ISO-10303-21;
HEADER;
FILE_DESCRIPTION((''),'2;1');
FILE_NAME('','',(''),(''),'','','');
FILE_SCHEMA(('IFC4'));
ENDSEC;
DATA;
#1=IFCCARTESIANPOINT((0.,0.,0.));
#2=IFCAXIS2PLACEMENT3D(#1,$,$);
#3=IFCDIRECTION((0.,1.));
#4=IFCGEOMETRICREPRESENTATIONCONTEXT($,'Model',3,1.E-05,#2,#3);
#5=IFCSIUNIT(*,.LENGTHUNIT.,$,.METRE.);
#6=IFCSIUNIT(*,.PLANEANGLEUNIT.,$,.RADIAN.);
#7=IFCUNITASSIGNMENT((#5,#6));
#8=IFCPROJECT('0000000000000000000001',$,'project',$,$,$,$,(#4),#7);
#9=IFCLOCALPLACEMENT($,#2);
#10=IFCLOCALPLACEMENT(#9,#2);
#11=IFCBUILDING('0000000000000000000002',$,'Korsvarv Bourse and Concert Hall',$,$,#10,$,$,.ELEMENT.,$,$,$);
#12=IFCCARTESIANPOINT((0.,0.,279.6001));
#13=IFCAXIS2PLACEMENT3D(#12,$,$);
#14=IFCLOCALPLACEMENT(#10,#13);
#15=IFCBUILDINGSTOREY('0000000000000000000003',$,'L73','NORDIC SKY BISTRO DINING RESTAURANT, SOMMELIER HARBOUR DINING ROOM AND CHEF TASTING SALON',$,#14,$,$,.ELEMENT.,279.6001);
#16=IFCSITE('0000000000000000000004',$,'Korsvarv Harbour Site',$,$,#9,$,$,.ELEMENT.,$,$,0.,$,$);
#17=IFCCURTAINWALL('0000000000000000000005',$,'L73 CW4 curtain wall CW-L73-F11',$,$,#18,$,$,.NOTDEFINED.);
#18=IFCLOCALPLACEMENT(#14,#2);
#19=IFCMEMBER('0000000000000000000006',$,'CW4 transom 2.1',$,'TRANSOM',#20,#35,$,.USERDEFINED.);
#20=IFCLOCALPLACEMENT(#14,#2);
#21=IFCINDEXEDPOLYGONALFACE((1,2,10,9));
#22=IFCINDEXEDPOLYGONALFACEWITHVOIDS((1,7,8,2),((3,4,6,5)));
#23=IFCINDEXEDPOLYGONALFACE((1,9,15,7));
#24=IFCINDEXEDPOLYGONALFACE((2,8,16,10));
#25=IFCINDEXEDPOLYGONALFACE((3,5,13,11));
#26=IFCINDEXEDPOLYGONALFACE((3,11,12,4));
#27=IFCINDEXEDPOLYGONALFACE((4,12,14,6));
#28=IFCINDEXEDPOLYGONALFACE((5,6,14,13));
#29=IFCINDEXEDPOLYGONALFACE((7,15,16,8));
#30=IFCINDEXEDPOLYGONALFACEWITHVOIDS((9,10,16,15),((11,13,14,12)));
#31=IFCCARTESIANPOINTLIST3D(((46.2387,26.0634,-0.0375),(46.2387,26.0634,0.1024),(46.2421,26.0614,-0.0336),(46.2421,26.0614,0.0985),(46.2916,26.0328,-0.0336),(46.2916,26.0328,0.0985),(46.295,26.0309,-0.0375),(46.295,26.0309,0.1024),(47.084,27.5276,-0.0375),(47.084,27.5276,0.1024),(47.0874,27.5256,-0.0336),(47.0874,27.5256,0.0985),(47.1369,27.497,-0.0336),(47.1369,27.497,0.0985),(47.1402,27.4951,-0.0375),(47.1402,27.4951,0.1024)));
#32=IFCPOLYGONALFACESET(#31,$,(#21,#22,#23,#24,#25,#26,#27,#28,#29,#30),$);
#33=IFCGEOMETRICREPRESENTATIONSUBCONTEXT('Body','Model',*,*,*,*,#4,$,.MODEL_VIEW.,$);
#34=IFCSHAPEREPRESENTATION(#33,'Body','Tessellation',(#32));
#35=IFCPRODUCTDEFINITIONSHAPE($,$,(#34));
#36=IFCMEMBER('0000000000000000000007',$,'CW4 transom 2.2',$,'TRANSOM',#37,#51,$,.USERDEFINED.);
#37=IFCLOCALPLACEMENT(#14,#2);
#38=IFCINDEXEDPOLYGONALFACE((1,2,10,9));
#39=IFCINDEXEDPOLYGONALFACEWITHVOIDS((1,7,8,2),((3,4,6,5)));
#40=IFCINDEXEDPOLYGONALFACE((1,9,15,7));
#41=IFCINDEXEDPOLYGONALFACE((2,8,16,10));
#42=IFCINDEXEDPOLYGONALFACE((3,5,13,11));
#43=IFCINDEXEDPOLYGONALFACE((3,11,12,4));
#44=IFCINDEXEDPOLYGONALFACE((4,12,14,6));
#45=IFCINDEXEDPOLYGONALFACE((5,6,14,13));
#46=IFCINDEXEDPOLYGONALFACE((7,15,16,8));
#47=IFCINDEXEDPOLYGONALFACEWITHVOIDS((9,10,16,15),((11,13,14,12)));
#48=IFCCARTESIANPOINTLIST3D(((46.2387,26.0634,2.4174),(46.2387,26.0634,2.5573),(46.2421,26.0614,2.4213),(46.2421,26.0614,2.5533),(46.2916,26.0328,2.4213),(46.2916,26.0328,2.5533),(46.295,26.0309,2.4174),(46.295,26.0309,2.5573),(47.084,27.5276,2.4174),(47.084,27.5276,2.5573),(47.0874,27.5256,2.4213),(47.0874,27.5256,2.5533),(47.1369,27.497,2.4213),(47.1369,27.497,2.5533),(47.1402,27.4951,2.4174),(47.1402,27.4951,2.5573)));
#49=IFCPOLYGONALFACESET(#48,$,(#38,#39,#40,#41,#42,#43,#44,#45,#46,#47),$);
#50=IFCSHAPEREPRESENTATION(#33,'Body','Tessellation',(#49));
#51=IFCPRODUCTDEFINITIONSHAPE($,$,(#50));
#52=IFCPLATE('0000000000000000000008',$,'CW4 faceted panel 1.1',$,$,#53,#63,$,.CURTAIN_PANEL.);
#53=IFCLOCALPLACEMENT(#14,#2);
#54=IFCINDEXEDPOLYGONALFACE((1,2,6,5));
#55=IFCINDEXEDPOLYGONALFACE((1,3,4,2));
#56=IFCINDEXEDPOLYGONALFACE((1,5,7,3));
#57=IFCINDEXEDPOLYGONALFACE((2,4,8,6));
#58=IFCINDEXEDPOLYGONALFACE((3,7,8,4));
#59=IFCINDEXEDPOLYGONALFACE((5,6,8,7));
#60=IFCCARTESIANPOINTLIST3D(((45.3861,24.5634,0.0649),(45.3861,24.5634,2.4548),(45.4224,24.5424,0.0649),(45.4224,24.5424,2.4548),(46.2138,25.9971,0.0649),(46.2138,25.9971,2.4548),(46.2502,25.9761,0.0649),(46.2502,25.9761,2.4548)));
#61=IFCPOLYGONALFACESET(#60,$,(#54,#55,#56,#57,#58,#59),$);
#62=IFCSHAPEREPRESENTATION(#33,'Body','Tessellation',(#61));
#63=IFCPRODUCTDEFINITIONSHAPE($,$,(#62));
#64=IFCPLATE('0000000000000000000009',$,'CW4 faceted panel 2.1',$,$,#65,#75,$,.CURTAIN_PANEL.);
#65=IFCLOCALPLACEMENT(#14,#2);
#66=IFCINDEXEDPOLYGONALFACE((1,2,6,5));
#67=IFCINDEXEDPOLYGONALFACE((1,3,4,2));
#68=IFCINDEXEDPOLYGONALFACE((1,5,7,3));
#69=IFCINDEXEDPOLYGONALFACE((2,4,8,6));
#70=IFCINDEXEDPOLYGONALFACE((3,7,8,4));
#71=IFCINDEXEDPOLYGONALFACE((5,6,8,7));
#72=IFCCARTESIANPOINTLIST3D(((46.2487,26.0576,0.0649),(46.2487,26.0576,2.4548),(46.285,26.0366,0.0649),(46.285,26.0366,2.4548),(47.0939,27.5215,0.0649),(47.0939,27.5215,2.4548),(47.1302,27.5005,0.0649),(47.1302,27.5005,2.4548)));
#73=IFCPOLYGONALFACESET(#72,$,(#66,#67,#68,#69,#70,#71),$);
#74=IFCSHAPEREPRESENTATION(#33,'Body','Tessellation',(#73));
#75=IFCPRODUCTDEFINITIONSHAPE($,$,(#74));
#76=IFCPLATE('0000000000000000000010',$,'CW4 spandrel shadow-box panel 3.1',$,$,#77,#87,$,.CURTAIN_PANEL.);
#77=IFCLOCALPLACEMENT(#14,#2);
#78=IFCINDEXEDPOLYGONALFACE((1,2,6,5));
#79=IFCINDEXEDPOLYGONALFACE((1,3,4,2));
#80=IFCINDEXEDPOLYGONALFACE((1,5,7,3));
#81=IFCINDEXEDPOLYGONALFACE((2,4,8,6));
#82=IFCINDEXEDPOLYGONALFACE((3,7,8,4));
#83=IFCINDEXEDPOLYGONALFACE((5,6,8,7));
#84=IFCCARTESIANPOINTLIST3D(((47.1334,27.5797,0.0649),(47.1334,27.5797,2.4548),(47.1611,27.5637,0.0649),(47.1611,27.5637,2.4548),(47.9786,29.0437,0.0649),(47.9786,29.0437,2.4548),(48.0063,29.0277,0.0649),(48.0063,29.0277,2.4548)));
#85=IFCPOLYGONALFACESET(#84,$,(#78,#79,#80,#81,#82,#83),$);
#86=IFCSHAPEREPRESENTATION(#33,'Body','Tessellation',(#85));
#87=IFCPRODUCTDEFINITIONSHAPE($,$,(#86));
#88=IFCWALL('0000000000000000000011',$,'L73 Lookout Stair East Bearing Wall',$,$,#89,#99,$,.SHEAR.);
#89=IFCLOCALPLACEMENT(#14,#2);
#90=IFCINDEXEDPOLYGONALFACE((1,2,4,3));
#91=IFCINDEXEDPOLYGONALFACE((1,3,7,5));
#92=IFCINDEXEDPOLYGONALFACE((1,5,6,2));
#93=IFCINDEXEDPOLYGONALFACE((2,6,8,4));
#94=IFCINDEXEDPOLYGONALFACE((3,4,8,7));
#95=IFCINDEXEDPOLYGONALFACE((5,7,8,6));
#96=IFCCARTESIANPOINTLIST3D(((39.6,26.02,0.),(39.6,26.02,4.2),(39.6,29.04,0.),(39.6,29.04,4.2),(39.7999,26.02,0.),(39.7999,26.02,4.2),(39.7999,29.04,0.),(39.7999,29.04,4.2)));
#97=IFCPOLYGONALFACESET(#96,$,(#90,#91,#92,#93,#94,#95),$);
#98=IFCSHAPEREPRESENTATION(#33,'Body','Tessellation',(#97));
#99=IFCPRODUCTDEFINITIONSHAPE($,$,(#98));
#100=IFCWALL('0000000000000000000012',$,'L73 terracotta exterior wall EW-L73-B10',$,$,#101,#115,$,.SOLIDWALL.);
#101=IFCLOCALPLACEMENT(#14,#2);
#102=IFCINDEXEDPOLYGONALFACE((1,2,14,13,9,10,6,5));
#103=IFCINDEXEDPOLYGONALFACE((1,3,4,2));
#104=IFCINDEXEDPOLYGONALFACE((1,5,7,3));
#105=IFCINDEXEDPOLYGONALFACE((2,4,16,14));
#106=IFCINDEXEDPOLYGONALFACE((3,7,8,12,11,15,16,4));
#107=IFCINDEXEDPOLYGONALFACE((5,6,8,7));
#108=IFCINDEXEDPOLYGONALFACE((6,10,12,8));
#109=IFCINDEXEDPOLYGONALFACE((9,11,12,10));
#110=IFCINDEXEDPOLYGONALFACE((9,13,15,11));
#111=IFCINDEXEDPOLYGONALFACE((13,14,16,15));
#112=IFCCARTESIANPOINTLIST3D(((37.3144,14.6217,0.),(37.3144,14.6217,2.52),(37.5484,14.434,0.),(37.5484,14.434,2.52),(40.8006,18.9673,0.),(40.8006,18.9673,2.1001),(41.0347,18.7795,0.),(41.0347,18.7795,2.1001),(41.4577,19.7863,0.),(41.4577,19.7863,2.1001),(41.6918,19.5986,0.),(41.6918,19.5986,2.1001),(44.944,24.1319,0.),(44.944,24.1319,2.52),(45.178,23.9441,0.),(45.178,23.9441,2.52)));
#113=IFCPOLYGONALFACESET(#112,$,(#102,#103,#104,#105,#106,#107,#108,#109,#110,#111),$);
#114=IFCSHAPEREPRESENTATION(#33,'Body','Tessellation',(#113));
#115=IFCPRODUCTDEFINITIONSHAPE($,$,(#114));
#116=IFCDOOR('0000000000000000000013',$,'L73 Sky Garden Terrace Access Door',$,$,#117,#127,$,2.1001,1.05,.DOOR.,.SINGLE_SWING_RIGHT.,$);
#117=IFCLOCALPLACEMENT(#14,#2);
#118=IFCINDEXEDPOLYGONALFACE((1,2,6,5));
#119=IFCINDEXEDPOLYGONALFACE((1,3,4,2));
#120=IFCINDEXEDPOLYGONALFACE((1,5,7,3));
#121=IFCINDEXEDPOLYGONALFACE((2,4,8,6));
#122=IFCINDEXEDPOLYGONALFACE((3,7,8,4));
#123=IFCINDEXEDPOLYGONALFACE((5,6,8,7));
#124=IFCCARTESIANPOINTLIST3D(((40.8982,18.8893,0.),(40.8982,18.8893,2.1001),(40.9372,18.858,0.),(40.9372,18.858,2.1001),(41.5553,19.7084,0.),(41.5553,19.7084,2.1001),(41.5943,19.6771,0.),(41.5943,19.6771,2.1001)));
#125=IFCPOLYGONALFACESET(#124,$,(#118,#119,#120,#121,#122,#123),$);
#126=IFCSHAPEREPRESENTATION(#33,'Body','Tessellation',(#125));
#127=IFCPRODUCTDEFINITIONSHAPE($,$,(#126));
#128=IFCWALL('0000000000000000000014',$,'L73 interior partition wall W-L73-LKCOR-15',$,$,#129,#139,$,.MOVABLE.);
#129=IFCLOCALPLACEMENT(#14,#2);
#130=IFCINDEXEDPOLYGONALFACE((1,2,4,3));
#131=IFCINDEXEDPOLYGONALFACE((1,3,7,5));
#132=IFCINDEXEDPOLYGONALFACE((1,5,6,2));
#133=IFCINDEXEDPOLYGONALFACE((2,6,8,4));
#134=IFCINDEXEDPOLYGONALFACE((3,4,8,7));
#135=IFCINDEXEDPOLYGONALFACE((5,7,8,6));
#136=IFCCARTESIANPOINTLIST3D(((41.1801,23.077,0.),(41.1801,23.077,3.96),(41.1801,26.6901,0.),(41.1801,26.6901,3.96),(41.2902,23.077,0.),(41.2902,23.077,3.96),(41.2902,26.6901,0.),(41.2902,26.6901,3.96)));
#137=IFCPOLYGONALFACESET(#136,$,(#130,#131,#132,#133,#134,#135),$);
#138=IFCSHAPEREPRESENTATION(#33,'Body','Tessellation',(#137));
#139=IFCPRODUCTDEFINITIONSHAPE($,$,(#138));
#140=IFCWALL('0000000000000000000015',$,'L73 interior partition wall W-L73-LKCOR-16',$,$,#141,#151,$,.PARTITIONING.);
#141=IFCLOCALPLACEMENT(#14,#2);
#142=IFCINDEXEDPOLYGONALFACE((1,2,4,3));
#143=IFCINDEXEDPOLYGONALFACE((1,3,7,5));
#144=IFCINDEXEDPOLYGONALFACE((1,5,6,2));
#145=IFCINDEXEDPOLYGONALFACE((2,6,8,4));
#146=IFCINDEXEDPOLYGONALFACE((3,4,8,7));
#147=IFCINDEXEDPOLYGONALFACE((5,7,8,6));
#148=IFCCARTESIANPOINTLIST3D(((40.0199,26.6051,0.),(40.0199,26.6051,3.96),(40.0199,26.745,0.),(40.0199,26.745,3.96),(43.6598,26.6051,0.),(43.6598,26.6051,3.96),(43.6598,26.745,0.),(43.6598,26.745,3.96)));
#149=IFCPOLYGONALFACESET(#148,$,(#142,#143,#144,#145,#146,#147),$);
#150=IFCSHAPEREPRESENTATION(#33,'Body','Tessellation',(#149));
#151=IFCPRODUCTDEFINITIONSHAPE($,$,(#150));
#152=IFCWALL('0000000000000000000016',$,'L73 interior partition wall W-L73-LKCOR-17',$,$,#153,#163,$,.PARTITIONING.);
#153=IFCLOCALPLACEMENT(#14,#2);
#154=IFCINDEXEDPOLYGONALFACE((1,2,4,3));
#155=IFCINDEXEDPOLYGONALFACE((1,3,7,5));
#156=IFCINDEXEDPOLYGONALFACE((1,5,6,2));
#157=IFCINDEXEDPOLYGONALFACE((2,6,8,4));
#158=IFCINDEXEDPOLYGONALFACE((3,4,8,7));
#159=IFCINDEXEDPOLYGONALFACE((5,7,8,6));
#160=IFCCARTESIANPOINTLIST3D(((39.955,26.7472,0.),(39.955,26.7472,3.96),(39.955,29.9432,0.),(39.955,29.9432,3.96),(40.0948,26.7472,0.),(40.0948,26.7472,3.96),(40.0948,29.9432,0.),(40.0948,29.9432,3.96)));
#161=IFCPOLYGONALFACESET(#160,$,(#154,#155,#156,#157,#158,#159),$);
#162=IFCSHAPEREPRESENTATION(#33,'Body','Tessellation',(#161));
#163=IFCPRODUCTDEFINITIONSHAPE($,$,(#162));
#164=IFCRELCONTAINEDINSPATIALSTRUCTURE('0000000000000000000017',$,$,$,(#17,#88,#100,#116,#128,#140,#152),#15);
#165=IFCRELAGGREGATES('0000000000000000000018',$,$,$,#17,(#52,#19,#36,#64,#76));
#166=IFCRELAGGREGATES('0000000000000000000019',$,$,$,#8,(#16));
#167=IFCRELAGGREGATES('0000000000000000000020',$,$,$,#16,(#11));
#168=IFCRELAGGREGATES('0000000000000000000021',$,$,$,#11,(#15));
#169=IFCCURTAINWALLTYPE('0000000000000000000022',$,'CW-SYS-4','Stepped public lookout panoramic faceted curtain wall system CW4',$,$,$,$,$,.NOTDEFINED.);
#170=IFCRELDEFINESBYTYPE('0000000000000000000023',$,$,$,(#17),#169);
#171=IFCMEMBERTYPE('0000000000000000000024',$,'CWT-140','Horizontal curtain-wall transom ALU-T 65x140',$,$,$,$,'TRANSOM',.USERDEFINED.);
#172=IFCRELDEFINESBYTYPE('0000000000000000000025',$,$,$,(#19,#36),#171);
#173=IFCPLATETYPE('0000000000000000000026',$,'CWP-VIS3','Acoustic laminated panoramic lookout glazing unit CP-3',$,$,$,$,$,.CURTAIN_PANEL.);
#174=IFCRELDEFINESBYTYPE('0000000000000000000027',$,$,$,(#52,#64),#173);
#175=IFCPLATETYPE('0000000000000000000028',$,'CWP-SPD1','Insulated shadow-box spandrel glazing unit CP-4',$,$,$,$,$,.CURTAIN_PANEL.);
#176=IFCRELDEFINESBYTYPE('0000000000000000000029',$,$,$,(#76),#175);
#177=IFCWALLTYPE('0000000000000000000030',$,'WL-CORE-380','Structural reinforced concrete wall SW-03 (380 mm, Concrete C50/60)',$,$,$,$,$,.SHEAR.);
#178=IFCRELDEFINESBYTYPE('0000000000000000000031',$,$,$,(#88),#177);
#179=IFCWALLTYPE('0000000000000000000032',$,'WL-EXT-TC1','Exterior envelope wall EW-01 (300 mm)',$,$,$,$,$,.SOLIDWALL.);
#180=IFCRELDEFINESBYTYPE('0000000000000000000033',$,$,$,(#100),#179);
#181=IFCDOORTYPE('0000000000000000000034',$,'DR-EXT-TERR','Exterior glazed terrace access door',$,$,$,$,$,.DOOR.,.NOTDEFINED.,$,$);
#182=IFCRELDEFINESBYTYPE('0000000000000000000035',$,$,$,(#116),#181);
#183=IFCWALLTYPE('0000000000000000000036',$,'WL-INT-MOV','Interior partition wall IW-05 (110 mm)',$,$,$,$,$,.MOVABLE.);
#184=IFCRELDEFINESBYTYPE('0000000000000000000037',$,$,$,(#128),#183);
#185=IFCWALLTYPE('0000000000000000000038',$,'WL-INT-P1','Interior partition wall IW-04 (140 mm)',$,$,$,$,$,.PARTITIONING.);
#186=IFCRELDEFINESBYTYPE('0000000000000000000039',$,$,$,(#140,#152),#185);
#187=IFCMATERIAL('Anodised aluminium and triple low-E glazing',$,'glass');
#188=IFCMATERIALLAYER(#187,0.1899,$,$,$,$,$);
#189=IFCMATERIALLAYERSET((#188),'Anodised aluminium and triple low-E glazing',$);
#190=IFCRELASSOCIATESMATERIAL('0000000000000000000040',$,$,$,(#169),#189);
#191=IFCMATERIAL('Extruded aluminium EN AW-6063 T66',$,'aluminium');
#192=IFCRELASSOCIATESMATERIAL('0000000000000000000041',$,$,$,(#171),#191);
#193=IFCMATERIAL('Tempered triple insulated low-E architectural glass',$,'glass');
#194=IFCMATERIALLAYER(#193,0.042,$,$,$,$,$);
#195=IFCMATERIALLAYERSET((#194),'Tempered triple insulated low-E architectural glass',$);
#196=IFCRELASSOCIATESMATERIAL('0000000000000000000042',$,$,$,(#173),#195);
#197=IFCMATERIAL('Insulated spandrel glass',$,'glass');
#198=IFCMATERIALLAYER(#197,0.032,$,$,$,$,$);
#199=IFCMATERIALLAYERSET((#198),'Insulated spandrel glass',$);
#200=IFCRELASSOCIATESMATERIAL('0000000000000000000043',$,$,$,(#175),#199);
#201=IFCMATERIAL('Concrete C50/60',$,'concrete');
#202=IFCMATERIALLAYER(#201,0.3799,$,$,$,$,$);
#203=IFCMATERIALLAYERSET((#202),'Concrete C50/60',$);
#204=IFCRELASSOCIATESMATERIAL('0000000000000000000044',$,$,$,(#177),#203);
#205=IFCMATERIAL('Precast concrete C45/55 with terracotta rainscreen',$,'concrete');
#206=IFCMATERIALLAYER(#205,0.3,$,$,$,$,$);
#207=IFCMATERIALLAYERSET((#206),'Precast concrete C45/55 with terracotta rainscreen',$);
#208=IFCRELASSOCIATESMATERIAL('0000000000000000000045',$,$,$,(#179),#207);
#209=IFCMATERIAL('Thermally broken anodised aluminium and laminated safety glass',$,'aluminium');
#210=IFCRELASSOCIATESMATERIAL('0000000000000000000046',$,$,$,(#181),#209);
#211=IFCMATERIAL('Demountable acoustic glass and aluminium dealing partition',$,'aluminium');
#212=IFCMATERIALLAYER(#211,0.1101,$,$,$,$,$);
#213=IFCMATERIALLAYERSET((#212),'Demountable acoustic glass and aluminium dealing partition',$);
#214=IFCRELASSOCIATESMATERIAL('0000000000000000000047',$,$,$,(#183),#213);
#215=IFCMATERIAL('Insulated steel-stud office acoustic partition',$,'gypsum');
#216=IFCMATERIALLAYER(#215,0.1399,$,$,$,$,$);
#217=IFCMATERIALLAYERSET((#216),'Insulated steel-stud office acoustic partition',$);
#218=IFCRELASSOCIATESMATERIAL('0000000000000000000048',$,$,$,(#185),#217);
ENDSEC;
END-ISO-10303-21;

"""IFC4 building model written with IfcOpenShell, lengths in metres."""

from ifc_helpers import new_model, si_unit, direction, frame, frame_2d, origin, origin_2d, place, context, subcontext, project, spatial, rectangle, hollow_rectangle, extrude, source, transform, mapped, material, layer, layer_set, material_profile, profile_set, type_object, element, fill, aggregate, save


model = new_model("IFC4")

# Units and contexts
model_context = context("Model", 3, precision=1e-05, world=origin(), true_north=direction((0.0, 1.0)))
body_context = subcontext(model_context, "Body", "Model", "MODEL_VIEW")
ifc_project = project(units=[si_unit("LENGTHUNIT", "METRE"), si_unit("PLANEANGLEUNIT", "RADIAN")], contexts=[model_context])

# Site, building, storey
site_placement = place(None, origin())
site = spatial("IfcSite", under=ifc_project, at=site_placement, Name="Korsvarv Harbour Site", CompositionType="ELEMENT", RefElevation=0.0)
building_placement = place(site_placement, origin())
building = spatial("IfcBuilding", under=site, at=building_placement, Name="Korsvarv Bourse and Concert Hall", CompositionType="ELEMENT")
storey_placement = place(building_placement, frame((0.0, 0.0, 279.6001)))
storey = spatial("IfcBuildingStorey", under=building, at=storey_placement, Name="L73", Description="NORDIC SKY BISTRO DINING RESTAURANT, SOMMELIER HARBOUR DINING ROOM AND CHEF TASTING SALON", CompositionType="ELEMENT", Elevation=279.6001)

# Shared definitions
ifc_material_1 = material(Name="Concrete C50/60", Category="concrete")

# Curtain wall, members, plates
ifc_material_2 = material(Name="Anodised aluminium and triple low-E glazing", Category="glass")
ifc_layer_1 = layer(ifc_material_2, 0.1899)
ifc_layer_set_1 = layer_set([ifc_layer_1], Name="Anodised aluminium and triple low-E glazing")
curtain_wall_type = type_object("IfcCurtainWallType", Name="CW-SYS-4", Description="Stepped public lookout panoramic faceted curtain wall system CW4", PredefinedType="NOTDEFINED", material=ifc_layer_set_1)
curtain_wall_placement = place(storey_placement, origin())
curtain_wall = element("IfcCurtainWall", 1, at=curtain_wall_placement, inside=storey, type_object=curtain_wall_type, Name="L73 CW4 curtain wall CW-L73-F11", PredefinedType="NOTDEFINED")
ifc_material_3 = material(Name="Extruded aluminium EN AW-6063 T66", Category="aluminium")
ifc_material_profile_1 = material_profile(ifc_material_3, hollow_rectangle(XDim=0.0649, YDim=0.1399, WallThickness=0.0039, at=origin_2d()), Name="ALU-T 65x140")
ifc_profile_set_1 = profile_set([ifc_material_profile_1], Name="Extruded aluminium EN AW-6063 T66")
member_type_1 = type_object("IfcMemberType", Name="CWT-140", Description="Horizontal curtain-wall transom ALU-T 65x140", ElementType="TRANSOM", PredefinedType="USERDEFINED", material=ifc_profile_set_1)
shared_shape_1 = source(origin(), body_context, "Body", "SweptSolid", [
    extrude(hollow_rectangle(XDim=0.0649, YDim=0.1399, WallThickness=0.0039, at=origin_2d()), origin(), (0.0, 0.0, 1.0), 1.6907),
])
member_1_placement = place(storey_placement, frame((46.2668, 26.0471, 0.0325), z_axis=(0.49996, 0.866049, 0.0), x_axis=(-0.866049, 0.49996, 0.0)))
member_1 = element("IfcMember", 2, at=member_1_placement, type_object=member_type_1, Name="CW4 transom 2.1", ObjectType="TRANSOM", PredefinedType="USERDEFINED", context=body_context, shape_type="MappedRepresentation", body=[
    mapped(shared_shape_1, transform((0.0, 0.0, 0.0), scale=1.0)),
])
member_2_placement = place(storey_placement, frame((46.2668, 26.0471, 2.4873), z_axis=(0.49996, 0.866049, 0.0), x_axis=(-0.866049, 0.49996, 0.0)))
member_2 = element("IfcMember", 3, at=member_2_placement, type_object=member_type_1, Name="CW4 transom 2.2", ObjectType="TRANSOM", PredefinedType="USERDEFINED", context=body_context, shape_type="MappedRepresentation", body=[
    mapped(shared_shape_1, transform((0.0, 0.0, 0.0), scale=1.0)),
])
ifc_material_4 = material(Name="Tempered triple insulated low-E architectural glass", Category="glass")
ifc_layer_2 = layer(ifc_material_4, 0.042)
ifc_layer_set_2 = layer_set([ifc_layer_2], Name="Tempered triple insulated low-E architectural glass")
plate_type_1 = type_object("IfcPlateType", Name="CWP-VIS3", Description="Acoustic laminated panoramic lookout glazing unit CP-3", PredefinedType="CURTAIN_PANEL", material=ifc_layer_set_2)
shared_shape_2 = source(origin(), body_context, "Body", "SweptSolid", [
    extrude(rectangle(XDim=1.6555, YDim=0.042, at=origin_2d()), origin(), (0.0, 0.0, 1.0), 2.3899),
])
plate_1_placement = place(storey_placement, frame((45.8181, 25.2698, 0.0649), z_axis=(0.0, 0.0, 1.0), x_axis=(0.499998, 0.866027, 0.0)))
plate_1 = element("IfcPlate", 4, at=plate_1_placement, type_object=plate_type_1, Name="CW4 faceted panel 1.1", PredefinedType="CURTAIN_PANEL", context=body_context, shape_type="MappedRepresentation", body=[
    mapped(shared_shape_2, transform((0.0, 0.0, 0.0), scale=1.0)),
])
shared_shape_3 = source(origin(), body_context, "Body", "SweptSolid", [
    extrude(rectangle(XDim=1.6904, YDim=0.042, at=origin_2d()), origin(), (0.0, 0.0, 1.0), 2.3899),
])
plate_2_placement = place(storey_placement, frame((46.6895, 26.7791, 0.0649), z_axis=(0.0, 0.0, 1.0), x_axis=(0.499998, 0.866027, 0.0)))
plate_2 = element("IfcPlate", 5, at=plate_2_placement, type_object=plate_type_1, Name="CW4 faceted panel 2.1", PredefinedType="CURTAIN_PANEL", context=body_context, shape_type="MappedRepresentation", body=[
    mapped(shared_shape_3, transform((0.0, 0.0, 0.0), scale=1.0)),
])
ifc_material_5 = material(Name="Insulated spandrel glass", Category="glass")
ifc_layer_3 = layer(ifc_material_5, 0.032)
ifc_layer_set_3 = layer_set([ifc_layer_3], Name="Insulated spandrel glass")
plate_type_2 = type_object("IfcPlateType", Name="CWP-SPD1", Description="Insulated shadow-box spandrel glazing unit CP-4", PredefinedType="CURTAIN_PANEL", material=ifc_layer_set_3)
shared_shape_4 = source(origin(), body_context, "Body", "SweptSolid", [
    extrude(rectangle(XDim=1.6904, YDim=0.032, at=origin_2d()), origin(), (0.0, 0.0, 1.0), 2.3899),
])
plate_3_placement = place(storey_placement, frame((47.5698, 28.3037, 0.0649), z_axis=(0.0, 0.0, 1.0), x_axis=(0.499998, 0.866027, 0.0)))
plate_3 = element("IfcPlate", 6, at=plate_3_placement, type_object=plate_type_2, Name="CW4 spandrel shadow-box panel 3.1", PredefinedType="CURTAIN_PANEL", context=body_context, shape_type="MappedRepresentation", body=[
    mapped(shared_shape_4, transform((0.0, 0.0, 0.0), scale=1.0)),
])
aggregate(curtain_wall, [plate_1, member_1, member_2, plate_2, plate_3])

# Wall
ifc_layer_4 = layer(ifc_material_1, 0.3799)
ifc_layer_set_4 = layer_set([ifc_layer_4], Name="Concrete C50/60")
wall_type_1 = type_object("IfcWallType", Name="WL-CORE-380", Description="Structural reinforced concrete wall SW-03 (380 mm, Concrete C50/60)", PredefinedType="SHEAR", material=ifc_layer_set_4)
wall_1_placement = place(storey_placement, frame((39.7, 26.02, 0.0), z_axis=(0.0, 0.0, 1.0), x_axis=(0.0, 1.0, 0.0)))
element("IfcWall", 7, at=wall_1_placement, inside=storey, type_object=wall_type_1, Name="L73 Lookout Stair East Bearing Wall", PredefinedType="SHEAR", context=body_context, shape_type="SweptSolid", body=[
    extrude(rectangle(XDim=3.02, YDim=0.2, at=frame_2d((1.51, 0.0))), origin(), (0.0, 0.0, 1.0), 4.2),
])

# Wall, opening, door
ifc_material_6 = material(Name="Precast concrete C45/55 with terracotta rainscreen", Category="concrete")
ifc_layer_5 = layer(ifc_material_6, 0.3)
ifc_layer_set_5 = layer_set([ifc_layer_5], Name="Precast concrete C45/55 with terracotta rainscreen")
wall_type_2 = type_object("IfcWallType", Name="WL-EXT-TC1", Description="Exterior envelope wall EW-01 (300 mm)", PredefinedType="SOLIDWALL", material=ifc_layer_set_5)
wall_2_placement = place(storey_placement, frame((37.4314, 14.5278, 0.0), z_axis=(0.0, 0.0, 1.0), x_axis=(0.625766, 0.78001, 0.0)))
wall_2 = element("IfcWall", 8, at=wall_2_placement, inside=storey, type_object=wall_type_2, Name="L73 terracotta exterior wall EW-L73-B10", PredefinedType="SOLIDWALL", context=body_context, shape_type="SweptSolid", body=[
    extrude(rectangle(XDim=12.1924, YDim=0.3, at=frame_2d((6.0962, 0.0))), origin(), (0.0, 0.0, 1.0), 2.52),
])
opening_placement = place(wall_2_placement, frame((5.5713, 0.0, 0.0)))
opening = element("IfcOpeningElement", 9, at=opening_placement, cuts=wall_2, PredefinedType="OPENING", context=body_context, shape_type="SweptSolid", body=[
    extrude(rectangle(XDim=1.05, YDim=2.1001, at=frame_2d((0.5249, 1.05))), frame((0.0, 0.1602, 0.0), z_axis=(0.0, -1.0, 0.0), x_axis=(1.0, 0.0, 0.0)), (0.0, 0.0, 1.0), 0.3201),
])
ifc_material_7 = material(Name="Thermally broken anodised aluminium and laminated safety glass", Category="aluminium")
door_type = type_object("IfcDoorType", Name="DR-EXT-TERR", Description="Exterior glazed terrace access door", OperationType="NOTDEFINED", PredefinedType="DOOR", material=ifc_material_7)
door_placement = place(opening_placement, frame((1.05, 0.0, 0.0), z_axis=(0.0, 0.0, 1.0), x_axis=(-1.0, 0.0, 0.0)))
door = element("IfcDoor", 10, at=door_placement, inside=storey, type_object=door_type, Name="L73 Sky Garden Terrace Access Door", OperationType="SINGLE_SWING_RIGHT", OverallHeight=2.1001, OverallWidth=1.05, PredefinedType="DOOR", context=body_context, shape_type="SweptSolid", body=[
    extrude(rectangle(XDim=1.05, YDim=2.1001, at=frame_2d((0.5249, 1.05))), frame((0.0, 0.0249, 0.0), z_axis=(0.0, -1.0, 0.0), x_axis=(1.0, 0.0, 0.0)), (0.0, 0.0, 1.0), 0.05),
])
fill(opening, door)

# Walls
ifc_material_8 = material(Name="Demountable acoustic glass and aluminium dealing partition", Category="aluminium")
ifc_layer_6 = layer(ifc_material_8, 0.1101)
ifc_layer_set_6 = layer_set([ifc_layer_6], Name="Demountable acoustic glass and aluminium dealing partition")
wall_type_3 = type_object("IfcWallType", Name="WL-INT-MOV", Description="Interior partition wall IW-05 (110 mm)", PredefinedType="MOVABLE", material=ifc_layer_set_6)
wall_3_placement = place(storey_placement, frame((41.2351, 23.0769, 0.0), z_axis=(0.0, 0.0, 1.0), x_axis=(0.0, 1.0, 0.0)))
element("IfcWall", 11, at=wall_3_placement, inside=storey, type_object=wall_type_3, Name="L73 interior partition wall W-L73-LKCOR-15", PredefinedType="MOVABLE", context=body_context, shape_type="SweptSolid", body=[
    extrude(rectangle(XDim=3.613, YDim=0.1101, at=frame_2d((1.8066, 0.0))), origin(), (0.0, 0.0, 1.0), 3.96),
])
ifc_material_9 = material(Name="Insulated steel-stud office acoustic partition", Category="gypsum")
ifc_layer_7 = layer(ifc_material_9, 0.1399)
ifc_layer_set_7 = layer_set([ifc_layer_7], Name="Insulated steel-stud office acoustic partition")
wall_type_4 = type_object("IfcWallType", Name="WL-INT-P1", Description="Interior partition wall IW-04 (140 mm)", PredefinedType="PARTITIONING", material=ifc_layer_set_7)
wall_4_placement = place(storey_placement, frame((40.02, 26.675, 0.0), z_axis=(0.0, 0.0, 1.0), x_axis=(1.0, 0.0, 0.0)))
element("IfcWall", 12, at=wall_4_placement, inside=storey, type_object=wall_type_4, Name="L73 interior partition wall W-L73-LKCOR-16", PredefinedType="PARTITIONING", context=body_context, shape_type="SweptSolid", body=[
    extrude(rectangle(XDim=3.6399, YDim=0.1399, at=frame_2d((1.8198, 0.0))), origin(), (0.0, 0.0, 1.0), 3.96),
])
wall_5_placement = place(storey_placement, frame((40.0249, 26.7471, 0.0), z_axis=(0.0, 0.0, 1.0), x_axis=(0.0, 1.0, 0.0)))
element("IfcWall", 13, at=wall_5_placement, inside=storey, type_object=wall_type_4, Name="L73 interior partition wall W-L73-LKCOR-17", PredefinedType="PARTITIONING", context=body_context, shape_type="SweptSolid", body=[
    extrude(rectangle(XDim=3.196, YDim=0.1399, at=frame_2d((1.5981, 0.0))), origin(), (0.0, 0.0, 1.0), 3.96),
])

save(model, "model.ifc")
